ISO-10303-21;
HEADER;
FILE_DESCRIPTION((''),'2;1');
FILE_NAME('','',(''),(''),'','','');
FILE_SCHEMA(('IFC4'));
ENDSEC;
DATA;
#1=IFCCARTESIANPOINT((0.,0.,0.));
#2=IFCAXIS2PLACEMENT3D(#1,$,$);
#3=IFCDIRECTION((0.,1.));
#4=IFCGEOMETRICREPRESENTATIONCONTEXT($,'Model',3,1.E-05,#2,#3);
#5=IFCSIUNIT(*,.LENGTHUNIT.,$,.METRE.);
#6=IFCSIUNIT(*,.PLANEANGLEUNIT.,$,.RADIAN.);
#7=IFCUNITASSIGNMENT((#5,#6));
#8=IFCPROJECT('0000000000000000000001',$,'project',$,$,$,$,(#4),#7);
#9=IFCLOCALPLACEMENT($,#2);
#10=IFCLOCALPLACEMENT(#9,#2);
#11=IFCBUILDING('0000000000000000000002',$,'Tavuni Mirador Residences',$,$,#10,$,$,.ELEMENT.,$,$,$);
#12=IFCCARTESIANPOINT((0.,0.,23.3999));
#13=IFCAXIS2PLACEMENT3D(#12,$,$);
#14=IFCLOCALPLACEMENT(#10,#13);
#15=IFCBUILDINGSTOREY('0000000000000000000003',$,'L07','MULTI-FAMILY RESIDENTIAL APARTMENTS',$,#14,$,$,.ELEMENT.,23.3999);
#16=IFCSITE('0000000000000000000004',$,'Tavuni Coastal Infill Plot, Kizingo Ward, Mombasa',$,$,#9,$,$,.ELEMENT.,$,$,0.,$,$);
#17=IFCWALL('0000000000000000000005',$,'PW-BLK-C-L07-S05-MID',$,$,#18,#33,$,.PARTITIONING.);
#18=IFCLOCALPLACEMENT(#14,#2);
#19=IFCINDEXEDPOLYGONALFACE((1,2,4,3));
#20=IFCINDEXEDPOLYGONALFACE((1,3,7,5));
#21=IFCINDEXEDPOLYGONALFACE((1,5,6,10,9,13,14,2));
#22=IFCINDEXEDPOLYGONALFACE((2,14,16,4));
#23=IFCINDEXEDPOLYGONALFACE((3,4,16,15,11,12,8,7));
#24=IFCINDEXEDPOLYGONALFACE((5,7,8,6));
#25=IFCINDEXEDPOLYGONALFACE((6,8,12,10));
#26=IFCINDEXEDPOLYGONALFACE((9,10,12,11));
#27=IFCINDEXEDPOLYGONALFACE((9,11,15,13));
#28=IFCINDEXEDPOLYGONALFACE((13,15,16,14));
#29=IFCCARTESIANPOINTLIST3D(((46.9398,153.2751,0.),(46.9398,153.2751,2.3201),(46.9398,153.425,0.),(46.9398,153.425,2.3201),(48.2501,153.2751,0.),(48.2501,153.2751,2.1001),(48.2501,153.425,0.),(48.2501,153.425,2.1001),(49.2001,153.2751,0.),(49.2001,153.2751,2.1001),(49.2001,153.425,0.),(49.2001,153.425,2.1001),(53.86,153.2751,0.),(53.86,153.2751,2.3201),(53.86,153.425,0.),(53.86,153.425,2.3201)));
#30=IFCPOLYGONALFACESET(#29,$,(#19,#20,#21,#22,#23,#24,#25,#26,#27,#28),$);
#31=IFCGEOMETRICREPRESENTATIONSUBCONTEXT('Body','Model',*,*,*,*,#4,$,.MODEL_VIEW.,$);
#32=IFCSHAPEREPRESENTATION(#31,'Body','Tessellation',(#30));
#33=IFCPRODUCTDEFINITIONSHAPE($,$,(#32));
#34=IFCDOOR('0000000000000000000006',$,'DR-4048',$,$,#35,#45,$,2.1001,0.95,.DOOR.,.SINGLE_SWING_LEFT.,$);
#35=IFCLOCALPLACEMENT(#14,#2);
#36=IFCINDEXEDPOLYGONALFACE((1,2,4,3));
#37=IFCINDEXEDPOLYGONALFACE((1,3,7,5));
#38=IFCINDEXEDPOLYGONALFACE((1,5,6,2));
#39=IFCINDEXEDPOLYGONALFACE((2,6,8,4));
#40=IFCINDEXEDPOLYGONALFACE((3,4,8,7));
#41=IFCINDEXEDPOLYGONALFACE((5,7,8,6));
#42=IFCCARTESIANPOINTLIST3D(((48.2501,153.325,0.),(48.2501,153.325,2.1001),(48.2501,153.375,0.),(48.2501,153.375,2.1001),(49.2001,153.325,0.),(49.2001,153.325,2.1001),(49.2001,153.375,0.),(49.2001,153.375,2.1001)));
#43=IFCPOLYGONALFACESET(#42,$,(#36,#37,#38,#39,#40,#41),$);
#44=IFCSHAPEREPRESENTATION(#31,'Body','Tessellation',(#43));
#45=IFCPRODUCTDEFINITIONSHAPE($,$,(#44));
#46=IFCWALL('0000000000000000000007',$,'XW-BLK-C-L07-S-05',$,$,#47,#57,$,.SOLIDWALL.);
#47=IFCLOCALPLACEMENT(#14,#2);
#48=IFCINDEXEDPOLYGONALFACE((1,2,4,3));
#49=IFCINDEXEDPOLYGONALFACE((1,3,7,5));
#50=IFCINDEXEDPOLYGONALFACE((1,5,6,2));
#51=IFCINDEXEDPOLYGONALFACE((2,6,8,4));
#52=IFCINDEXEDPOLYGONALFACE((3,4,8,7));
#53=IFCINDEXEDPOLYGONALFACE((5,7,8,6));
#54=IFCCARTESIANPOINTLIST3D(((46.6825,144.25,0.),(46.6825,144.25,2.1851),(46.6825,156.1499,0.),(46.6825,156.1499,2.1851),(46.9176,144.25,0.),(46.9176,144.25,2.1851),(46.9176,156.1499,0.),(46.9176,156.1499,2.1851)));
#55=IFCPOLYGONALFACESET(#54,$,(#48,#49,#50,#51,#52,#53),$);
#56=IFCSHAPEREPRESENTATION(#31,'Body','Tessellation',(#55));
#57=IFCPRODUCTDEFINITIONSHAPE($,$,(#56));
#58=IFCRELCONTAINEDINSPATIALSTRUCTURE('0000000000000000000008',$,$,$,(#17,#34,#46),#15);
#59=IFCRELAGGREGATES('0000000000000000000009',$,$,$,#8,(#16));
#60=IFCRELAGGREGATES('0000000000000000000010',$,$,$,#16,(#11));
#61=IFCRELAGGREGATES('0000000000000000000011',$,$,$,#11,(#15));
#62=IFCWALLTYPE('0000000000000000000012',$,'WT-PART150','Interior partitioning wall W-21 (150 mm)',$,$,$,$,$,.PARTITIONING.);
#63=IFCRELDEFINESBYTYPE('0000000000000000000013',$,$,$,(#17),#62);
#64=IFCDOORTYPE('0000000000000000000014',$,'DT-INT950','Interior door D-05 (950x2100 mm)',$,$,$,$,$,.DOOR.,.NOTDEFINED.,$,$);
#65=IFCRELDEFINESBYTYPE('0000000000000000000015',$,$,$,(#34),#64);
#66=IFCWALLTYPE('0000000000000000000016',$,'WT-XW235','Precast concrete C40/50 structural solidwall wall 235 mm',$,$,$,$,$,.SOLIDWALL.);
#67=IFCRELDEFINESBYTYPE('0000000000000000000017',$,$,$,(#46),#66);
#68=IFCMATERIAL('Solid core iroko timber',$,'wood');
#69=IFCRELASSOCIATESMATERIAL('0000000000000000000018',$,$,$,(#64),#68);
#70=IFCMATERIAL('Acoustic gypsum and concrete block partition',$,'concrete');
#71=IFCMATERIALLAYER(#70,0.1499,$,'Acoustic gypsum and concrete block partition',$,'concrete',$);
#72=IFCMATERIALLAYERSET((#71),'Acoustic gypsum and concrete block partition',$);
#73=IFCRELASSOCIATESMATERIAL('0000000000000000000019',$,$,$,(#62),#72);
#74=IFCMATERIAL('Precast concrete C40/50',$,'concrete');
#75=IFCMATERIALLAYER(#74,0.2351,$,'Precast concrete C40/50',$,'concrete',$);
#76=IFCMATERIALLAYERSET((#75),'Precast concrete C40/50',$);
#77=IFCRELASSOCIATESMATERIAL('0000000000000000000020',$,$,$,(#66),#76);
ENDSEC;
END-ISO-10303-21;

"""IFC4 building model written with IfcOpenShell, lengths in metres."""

from ifc_helpers import new_model, si_unit, direction, frame, frame_2d, origin, place, context, subcontext, project, spatial, rectangle, extrude, material, layer, layer_set, type_object, element, fill, save


model = new_model("IFC4")

# Units and contexts
model_context = context("Model", 3, precision=1e-05, world=origin(), true_north=direction((0.0, 1.0)))
body_context = subcontext(model_context, "Body", "Model", "MODEL_VIEW")
ifc_project = project(units=[si_unit("LENGTHUNIT", "METRE"), si_unit("PLANEANGLEUNIT", "RADIAN")], contexts=[model_context])

# Site, building, storey
site_placement = place(None, origin())
site = spatial("IfcSite", under=ifc_project, at=site_placement, Name="Tavuni Coastal Infill Plot, Kizingo Ward, Mombasa", CompositionType="ELEMENT", RefElevation=0.0)
building_placement = place(site_placement, origin())
building = spatial("IfcBuilding", under=site, at=building_placement, Name="Tavuni Mirador Residences", CompositionType="ELEMENT")
storey_placement = place(building_placement, frame((0.0, 0.0, 23.3999)))
storey = spatial("IfcBuildingStorey", under=building, at=storey_placement, Name="L07", Description="MULTI-FAMILY RESIDENTIAL APARTMENTS", CompositionType="ELEMENT", Elevation=23.3999)

# Shared definitions
ifc_material_1 = material(Name="Precast concrete C40/50", Category="concrete")

# Shared definitions
ifc_material_2 = material(Name="Solid core iroko timber", Category="wood")

# Wall, opening, door
ifc_material_3 = material(Name="Acoustic gypsum and concrete block partition", Category="concrete")
door_type_1 = type_object("IfcDoorType", Name="DT-INT950", Description="Interior door D-05 (950x2100 mm)", OperationType="NOTDEFINED", PredefinedType="DOOR", material=ifc_material_2)
ifc_layer_1 = layer(ifc_material_3, 0.1499, Name="Acoustic gypsum and concrete block partition", Category="concrete")
ifc_layer_set_1 = layer_set([ifc_layer_1], Name="Acoustic gypsum and concrete block partition")
wall_type_1 = type_object("IfcWallType", Name="WT-PART150", Description="Interior partitioning wall W-21 (150 mm)", PredefinedType="PARTITIONING", material=ifc_layer_set_1)
wall_1_placement = place(storey_placement, frame((46.9399, 153.3501, 0.0), z_axis=(0.0, 0.0, 1.0), x_axis=(1.0, 0.0, 0.0)))
wall_1 = element("IfcWall", 1, at=wall_1_placement, inside=storey, type_object=wall_type_1, Name="PW-BLK-C-L07-S05-MID", PredefinedType="PARTITIONING", context=body_context, shape_type="SweptSolid", body=[
    extrude(rectangle(XDim=6.9202, YDim=0.1499, at=frame_2d((3.46, 0.0))), origin(), (0.0, 0.0, 1.0), 2.3201),
])
opening_1_placement = place(wall_1_placement, frame((1.3101, 0.0, 0.0)))
opening_1 = element("IfcOpeningElement", 2, at=opening_1_placement, cuts=wall_1, PredefinedType="OPENING", context=body_context, shape_type="SweptSolid", body=[
    extrude(rectangle(XDim=0.95, YDim=2.1001, at=frame_2d((0.4751, 1.05))), frame((0.0, 0.085, 0.0), z_axis=(0.0, -1.0, 0.0), x_axis=(1.0, 0.0, 0.0)), (0.0, 0.0, 1.0), 0.1699),
])
door_1_placement = place(opening_1_placement, origin())
door_1 = element("IfcDoor", 3, at=door_1_placement, inside=storey, type_object=door_type_1, Name="DR-4048", OperationType="SINGLE_SWING_LEFT", OverallHeight=2.1001, OverallWidth=0.95, PredefinedType="DOOR", context=body_context, shape_type="SweptSolid", body=[
    extrude(rectangle(XDim=0.95, YDim=2.1001, at=frame_2d((0.4751, 1.05))), frame((0.0, 0.0249, 0.0), z_axis=(0.0, -1.0, 0.0), x_axis=(1.0, 0.0, 0.0)), (0.0, 0.0, 1.0), 0.05),
])
fill(opening_1, door_1)

# Wall
ifc_layer_2 = layer(ifc_material_1, 0.2351, Name="Precast concrete C40/50", Category="concrete")
ifc_layer_set_2 = layer_set([ifc_layer_2], Name="Precast concrete C40/50")
wall_type_2 = type_object("IfcWallType", Name="WT-XW235", Description="Precast concrete C40/50 structural solidwall wall 235 mm", PredefinedType="SOLIDWALL", material=ifc_layer_set_2)
wall_2_placement = place(storey_placement, frame((46.8, 144.25, 0.0), z_axis=(0.0, 0.0, 1.0), x_axis=(0.0, 1.0, 0.0)))
element("IfcWall", 4, at=wall_2_placement, inside=storey, type_object=wall_type_2, Name="XW-BLK-C-L07-S-05", PredefinedType="SOLIDWALL", context=body_context, shape_type="SweptSolid", body=[
    extrude(rectangle(XDim=11.8999, YDim=0.2351, at=frame_2d((5.95, 0.0))), origin(), (0.0, 0.0, 1.0), 2.1851),
])

save(model, "model.ifc")
